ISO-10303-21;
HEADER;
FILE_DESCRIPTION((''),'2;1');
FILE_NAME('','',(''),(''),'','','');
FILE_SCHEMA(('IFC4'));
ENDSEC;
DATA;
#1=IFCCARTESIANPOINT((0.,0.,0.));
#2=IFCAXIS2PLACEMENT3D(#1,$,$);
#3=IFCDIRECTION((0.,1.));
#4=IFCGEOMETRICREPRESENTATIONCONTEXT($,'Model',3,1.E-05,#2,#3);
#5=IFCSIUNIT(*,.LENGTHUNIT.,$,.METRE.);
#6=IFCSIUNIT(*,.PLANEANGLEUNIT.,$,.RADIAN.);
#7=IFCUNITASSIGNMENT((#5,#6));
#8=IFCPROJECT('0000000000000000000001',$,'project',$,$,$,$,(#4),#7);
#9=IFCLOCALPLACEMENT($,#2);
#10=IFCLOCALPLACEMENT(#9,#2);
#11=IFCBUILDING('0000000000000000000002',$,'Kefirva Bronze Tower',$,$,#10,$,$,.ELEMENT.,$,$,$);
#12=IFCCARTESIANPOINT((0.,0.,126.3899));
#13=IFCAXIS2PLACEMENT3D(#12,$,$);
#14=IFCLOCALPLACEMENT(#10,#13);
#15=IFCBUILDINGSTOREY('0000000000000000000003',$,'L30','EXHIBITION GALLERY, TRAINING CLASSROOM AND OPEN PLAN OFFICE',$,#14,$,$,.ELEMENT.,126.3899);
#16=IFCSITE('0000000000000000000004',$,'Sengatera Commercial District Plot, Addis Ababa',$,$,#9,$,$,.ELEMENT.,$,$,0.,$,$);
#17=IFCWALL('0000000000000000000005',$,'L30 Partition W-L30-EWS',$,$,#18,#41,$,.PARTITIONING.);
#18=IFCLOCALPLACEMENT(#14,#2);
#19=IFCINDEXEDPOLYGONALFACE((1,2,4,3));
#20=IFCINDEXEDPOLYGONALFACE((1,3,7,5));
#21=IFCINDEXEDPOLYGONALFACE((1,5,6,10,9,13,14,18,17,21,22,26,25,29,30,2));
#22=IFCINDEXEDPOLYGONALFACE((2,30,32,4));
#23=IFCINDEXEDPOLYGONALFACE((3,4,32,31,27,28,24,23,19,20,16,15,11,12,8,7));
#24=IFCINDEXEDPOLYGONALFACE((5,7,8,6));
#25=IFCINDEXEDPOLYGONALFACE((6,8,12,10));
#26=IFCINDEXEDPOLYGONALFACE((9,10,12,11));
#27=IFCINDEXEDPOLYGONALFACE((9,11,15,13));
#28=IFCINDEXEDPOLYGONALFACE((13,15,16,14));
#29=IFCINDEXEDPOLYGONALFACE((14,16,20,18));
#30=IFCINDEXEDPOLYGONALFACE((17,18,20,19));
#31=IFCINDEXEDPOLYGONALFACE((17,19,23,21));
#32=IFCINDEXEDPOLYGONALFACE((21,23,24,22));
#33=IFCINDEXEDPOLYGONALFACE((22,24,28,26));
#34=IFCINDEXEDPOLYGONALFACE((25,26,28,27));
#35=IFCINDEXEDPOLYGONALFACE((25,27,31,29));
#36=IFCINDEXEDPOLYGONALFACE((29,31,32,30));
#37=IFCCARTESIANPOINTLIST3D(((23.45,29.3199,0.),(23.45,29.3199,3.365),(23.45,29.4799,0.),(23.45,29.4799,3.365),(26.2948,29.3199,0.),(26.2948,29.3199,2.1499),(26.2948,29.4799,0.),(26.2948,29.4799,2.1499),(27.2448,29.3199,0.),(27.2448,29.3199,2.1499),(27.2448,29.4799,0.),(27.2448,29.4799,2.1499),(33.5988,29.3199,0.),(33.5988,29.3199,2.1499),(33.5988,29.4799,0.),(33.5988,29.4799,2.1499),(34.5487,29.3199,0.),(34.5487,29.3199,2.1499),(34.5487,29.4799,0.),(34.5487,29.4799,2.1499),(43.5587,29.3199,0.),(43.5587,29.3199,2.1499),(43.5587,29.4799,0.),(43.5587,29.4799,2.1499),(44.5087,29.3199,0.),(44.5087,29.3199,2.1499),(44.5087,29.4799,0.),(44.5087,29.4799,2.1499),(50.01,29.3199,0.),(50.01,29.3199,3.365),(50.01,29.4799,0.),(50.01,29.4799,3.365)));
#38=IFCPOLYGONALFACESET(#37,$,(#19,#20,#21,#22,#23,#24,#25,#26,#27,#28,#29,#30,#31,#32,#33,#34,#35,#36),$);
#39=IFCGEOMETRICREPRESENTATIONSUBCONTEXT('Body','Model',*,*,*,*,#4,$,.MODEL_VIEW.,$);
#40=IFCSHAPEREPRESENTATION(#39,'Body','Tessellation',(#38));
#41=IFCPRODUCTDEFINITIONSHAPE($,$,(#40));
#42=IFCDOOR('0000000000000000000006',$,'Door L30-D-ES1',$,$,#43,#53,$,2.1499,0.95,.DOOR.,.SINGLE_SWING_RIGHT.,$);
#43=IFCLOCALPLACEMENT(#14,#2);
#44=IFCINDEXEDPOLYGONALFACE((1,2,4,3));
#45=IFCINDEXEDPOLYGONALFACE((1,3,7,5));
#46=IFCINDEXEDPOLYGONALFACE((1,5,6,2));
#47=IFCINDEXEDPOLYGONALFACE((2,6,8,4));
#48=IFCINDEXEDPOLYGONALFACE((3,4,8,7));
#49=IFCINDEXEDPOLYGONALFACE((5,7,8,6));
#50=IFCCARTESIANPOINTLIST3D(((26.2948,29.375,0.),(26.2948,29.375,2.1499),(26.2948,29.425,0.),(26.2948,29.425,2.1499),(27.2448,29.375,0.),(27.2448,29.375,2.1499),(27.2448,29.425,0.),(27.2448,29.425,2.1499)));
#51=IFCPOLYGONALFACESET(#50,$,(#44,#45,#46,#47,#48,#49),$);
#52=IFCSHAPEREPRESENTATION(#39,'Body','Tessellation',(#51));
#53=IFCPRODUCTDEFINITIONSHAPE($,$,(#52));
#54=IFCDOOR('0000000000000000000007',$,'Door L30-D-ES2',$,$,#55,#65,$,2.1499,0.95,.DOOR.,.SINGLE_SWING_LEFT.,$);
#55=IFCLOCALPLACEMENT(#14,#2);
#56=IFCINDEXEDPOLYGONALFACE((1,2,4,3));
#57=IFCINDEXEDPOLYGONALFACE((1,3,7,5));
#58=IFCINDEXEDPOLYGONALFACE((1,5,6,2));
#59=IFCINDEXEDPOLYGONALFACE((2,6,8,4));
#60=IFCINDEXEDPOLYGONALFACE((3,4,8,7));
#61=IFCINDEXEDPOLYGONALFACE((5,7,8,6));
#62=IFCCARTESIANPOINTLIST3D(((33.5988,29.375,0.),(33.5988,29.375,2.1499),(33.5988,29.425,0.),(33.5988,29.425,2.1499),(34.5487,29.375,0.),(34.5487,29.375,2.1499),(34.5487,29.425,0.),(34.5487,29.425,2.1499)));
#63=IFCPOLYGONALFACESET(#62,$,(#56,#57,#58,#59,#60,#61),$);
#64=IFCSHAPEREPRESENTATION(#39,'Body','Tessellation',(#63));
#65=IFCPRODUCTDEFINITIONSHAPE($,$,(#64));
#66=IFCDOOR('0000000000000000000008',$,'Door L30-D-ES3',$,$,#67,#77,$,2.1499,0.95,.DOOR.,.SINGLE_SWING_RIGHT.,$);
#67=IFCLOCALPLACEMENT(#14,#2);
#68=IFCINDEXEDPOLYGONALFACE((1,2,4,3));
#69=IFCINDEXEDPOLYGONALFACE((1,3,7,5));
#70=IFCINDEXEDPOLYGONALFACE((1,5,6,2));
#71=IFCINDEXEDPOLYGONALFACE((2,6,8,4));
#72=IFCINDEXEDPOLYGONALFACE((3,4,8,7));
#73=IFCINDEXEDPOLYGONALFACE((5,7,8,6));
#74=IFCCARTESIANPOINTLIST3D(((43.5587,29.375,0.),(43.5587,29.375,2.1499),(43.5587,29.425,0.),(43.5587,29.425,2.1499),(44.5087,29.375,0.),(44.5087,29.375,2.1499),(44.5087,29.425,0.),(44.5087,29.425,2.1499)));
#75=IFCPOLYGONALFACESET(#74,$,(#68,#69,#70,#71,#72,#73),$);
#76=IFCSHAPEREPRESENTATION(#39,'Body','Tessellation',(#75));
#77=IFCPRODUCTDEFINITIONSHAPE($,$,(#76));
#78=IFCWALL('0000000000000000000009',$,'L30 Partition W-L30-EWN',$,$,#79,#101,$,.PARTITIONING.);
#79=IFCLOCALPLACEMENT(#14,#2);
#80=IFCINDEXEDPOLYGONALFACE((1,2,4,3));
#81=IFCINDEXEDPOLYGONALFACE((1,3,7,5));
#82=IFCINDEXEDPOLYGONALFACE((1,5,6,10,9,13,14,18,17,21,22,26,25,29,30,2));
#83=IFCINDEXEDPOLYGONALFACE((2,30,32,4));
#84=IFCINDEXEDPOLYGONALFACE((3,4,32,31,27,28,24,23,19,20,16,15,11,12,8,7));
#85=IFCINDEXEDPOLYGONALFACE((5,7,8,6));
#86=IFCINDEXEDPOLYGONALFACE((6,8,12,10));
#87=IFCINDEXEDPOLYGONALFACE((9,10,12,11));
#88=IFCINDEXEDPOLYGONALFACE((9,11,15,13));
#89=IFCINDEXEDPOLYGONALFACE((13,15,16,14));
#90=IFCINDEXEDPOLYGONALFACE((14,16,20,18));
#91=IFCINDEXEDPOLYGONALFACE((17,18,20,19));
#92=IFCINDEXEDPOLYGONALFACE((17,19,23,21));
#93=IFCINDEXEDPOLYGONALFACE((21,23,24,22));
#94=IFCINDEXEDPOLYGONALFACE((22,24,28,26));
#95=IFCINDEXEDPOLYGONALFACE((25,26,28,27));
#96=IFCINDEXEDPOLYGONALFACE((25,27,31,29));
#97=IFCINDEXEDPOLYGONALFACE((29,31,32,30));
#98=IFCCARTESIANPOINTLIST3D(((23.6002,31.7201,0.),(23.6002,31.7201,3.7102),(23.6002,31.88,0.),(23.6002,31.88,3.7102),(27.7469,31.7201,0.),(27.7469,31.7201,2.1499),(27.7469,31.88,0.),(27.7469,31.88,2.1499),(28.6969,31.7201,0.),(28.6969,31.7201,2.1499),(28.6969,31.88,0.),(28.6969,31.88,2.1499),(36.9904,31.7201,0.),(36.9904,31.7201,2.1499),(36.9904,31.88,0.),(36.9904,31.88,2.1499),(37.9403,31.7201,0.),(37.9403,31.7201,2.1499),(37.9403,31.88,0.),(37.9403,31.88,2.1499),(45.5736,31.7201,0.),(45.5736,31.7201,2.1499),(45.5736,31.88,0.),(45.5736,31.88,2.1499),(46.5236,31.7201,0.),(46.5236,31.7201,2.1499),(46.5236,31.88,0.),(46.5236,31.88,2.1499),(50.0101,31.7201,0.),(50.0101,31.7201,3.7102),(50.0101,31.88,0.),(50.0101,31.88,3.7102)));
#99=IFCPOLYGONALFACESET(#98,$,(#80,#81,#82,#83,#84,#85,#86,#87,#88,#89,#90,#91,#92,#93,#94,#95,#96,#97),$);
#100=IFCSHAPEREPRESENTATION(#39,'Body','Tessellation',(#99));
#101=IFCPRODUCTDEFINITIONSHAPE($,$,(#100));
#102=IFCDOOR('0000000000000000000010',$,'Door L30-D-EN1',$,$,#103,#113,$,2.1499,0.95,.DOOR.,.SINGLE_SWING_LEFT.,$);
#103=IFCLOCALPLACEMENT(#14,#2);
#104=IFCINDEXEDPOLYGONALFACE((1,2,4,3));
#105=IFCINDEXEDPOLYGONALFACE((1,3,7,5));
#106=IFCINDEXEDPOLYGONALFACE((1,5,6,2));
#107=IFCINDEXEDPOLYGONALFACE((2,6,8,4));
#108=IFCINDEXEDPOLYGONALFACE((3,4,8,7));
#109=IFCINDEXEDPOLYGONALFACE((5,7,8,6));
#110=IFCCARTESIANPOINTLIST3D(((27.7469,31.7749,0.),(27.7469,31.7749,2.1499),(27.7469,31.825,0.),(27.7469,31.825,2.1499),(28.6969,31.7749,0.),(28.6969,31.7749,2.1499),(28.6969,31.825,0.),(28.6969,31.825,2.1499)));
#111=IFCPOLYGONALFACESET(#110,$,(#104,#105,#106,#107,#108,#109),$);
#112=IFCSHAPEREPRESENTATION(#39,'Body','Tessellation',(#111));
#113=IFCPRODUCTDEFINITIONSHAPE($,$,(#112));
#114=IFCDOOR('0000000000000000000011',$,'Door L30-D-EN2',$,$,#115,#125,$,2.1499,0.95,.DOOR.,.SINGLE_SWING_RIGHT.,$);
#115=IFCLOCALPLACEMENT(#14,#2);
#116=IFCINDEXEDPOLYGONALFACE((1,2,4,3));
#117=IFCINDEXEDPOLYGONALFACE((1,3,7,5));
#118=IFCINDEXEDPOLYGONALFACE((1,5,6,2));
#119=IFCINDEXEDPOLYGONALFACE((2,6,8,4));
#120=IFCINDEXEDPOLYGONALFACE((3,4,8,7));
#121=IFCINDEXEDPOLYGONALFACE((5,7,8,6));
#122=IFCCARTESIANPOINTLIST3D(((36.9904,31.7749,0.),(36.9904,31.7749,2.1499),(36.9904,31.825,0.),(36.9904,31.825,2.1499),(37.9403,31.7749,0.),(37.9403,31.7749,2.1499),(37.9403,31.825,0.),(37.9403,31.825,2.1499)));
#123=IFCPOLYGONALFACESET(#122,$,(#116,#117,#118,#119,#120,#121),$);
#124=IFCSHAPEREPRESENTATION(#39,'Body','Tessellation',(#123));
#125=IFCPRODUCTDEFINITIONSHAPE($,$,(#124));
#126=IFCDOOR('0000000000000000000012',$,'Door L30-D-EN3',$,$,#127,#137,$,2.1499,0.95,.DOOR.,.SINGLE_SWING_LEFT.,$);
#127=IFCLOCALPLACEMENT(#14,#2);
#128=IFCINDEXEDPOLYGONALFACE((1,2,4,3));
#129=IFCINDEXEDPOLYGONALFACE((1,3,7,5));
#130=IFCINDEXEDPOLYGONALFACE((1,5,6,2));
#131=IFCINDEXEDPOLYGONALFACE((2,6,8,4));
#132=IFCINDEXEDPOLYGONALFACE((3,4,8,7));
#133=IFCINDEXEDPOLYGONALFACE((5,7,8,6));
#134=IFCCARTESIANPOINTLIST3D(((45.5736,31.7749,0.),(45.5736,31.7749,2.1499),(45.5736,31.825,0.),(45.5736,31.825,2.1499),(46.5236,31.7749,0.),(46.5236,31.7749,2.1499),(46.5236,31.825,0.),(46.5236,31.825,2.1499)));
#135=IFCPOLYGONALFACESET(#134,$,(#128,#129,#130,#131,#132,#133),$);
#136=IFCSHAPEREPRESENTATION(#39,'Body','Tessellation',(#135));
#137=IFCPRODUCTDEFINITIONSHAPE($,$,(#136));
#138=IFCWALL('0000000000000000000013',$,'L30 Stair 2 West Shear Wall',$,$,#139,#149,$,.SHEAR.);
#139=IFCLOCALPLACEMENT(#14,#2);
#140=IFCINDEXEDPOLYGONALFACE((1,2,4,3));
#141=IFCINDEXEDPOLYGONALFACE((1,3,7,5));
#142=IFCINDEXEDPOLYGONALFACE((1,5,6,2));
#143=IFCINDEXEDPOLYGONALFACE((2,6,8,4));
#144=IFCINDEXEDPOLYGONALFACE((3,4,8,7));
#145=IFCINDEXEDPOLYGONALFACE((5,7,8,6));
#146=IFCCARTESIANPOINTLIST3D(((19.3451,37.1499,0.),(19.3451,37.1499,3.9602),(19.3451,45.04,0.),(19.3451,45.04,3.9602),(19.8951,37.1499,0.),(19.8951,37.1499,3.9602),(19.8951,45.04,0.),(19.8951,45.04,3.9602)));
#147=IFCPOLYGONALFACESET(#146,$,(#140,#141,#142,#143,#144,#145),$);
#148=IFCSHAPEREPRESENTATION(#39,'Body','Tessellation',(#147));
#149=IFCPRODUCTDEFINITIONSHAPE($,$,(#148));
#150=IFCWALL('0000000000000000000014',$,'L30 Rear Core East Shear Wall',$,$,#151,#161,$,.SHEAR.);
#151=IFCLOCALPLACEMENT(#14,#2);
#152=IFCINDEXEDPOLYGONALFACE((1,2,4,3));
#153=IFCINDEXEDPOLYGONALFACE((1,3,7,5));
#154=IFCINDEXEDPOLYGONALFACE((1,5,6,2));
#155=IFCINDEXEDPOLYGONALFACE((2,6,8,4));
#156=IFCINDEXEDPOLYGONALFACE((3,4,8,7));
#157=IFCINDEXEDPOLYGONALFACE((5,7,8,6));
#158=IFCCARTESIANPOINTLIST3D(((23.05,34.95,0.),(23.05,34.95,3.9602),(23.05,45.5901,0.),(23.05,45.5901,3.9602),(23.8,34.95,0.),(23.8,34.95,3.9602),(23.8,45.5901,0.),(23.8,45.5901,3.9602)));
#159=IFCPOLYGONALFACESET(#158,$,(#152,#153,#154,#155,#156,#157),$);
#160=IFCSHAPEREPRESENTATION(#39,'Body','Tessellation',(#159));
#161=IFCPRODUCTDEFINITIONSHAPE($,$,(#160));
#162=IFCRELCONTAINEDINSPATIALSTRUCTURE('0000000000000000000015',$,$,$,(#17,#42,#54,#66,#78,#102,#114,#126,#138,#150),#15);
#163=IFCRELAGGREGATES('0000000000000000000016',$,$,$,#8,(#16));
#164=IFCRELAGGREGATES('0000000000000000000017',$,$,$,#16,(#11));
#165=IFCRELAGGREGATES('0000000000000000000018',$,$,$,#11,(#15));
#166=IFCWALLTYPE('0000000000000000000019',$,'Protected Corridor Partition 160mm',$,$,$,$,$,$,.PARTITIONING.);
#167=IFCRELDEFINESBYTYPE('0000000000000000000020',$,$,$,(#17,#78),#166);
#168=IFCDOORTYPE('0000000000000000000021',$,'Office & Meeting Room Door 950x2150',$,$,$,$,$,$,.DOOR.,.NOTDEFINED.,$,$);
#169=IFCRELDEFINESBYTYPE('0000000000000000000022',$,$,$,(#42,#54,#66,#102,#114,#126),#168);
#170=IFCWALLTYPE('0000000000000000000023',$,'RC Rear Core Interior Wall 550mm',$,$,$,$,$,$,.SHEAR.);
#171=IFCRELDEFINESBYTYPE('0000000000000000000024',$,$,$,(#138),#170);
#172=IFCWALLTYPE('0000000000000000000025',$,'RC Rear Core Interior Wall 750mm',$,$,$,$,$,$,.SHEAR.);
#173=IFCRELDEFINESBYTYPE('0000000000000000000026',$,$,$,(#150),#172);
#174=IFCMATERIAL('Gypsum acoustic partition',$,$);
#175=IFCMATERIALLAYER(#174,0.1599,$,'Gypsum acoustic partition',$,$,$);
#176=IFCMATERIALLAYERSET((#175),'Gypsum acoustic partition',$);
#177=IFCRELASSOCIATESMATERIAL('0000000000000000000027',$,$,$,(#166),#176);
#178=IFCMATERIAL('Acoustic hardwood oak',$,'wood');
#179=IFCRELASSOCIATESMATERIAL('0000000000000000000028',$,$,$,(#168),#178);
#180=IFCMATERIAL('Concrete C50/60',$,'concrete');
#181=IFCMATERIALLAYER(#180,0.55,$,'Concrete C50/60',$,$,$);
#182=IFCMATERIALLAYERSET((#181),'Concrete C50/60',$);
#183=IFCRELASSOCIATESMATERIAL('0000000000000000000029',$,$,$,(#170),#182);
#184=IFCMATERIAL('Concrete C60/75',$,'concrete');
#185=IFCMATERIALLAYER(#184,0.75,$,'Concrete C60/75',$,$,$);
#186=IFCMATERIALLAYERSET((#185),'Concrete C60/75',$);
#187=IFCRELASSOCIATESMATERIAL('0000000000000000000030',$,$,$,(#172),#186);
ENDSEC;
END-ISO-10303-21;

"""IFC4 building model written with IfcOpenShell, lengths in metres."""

from ifc_helpers import new_model, si_unit, direction, frame, frame_2d, origin, place, context, subcontext, project, spatial, rectangle, extrude, material, layer, layer_set, type_object, element, fill, save


model = new_model("IFC4")

# Units and contexts
model_context = context("Model", 3, precision=1e-05, world=origin(), true_north=direction((0.0, 1.0)))
body_context = subcontext(model_context, "Body", "Model", "MODEL_VIEW")
ifc_project = project(units=[si_unit("LENGTHUNIT", "METRE"), si_unit("PLANEANGLEUNIT", "RADIAN")], contexts=[model_context])

# Site, building, storey
site_placement = place(None, origin())
site = spatial("IfcSite", under=ifc_project, at=site_placement, Name="Sengatera Commercial District Plot, Addis Ababa", CompositionType="ELEMENT", RefElevation=0.0)
building_placement = place(site_placement, origin())
building = spatial("IfcBuilding", under=site, at=building_placement, Name="Kefirva Bronze Tower", CompositionType="ELEMENT")
storey_placement = place(building_placement, frame((0.0, 0.0, 126.3899)))
storey = spatial("IfcBuildingStorey", under=building, at=storey_placement, Name="L30", Description="EXHIBITION GALLERY, TRAINING CLASSROOM AND OPEN PLAN OFFICE", CompositionType="ELEMENT", Elevation=126.3899)

# Shared definitions
ifc_material_1 = material(Name="Concrete C60/75", Category="concrete")

# Shared definitions
ifc_material_2 = material(Name="Gypsum acoustic partition")

# Shared definitions
ifc_layer_1 = layer(ifc_material_2, 0.1599, Name="Gypsum acoustic partition")
ifc_layer_set_1 = layer_set([ifc_layer_1], Name="Gypsum acoustic partition")
wall_type_1 = type_object("IfcWallType", Name="Protected Corridor Partition 160mm", PredefinedType="PARTITIONING", material=ifc_layer_set_1)

# Walls, openings, doors
wall_1_placement = place(storey_placement, frame((23.45, 29.3999, 0.0), z_axis=(0.0, 0.0, 1.0), x_axis=(1.0, 0.0, 0.0)))
wall_1 = element("IfcWall", 1, at=wall_1_placement, inside=storey, type_object=wall_type_1, Name="L30 Partition W-L30-EWS", PredefinedType="PARTITIONING", context=body_context, shape_type="SweptSolid", body=[
    extrude(rectangle(XDim=26.5601, YDim=0.1599, at=frame_2d((13.28, 0.0))), origin(), (0.0, 0.0, 1.0), 3.365),
])
opening_1_placement = place(wall_1_placement, frame((3.7949, 0.0, 0.0), z_axis=(0.0, 0.0, 1.0), x_axis=(-1.0, 0.0, 0.0)))
opening_1 = element("IfcOpeningElement", 2, at=opening_1_placement, cuts=wall_1, PredefinedType="OPENING", context=body_context, shape_type="SweptSolid", body=[
    extrude(rectangle(XDim=0.95, YDim=2.1499, at=frame_2d((0.4751, 1.075))), frame((0.0, 0.0898, 0.0), z_axis=(0.0, -1.0, 0.0), x_axis=(1.0, 0.0, 0.0)), (0.0, 0.0, 1.0), 0.1799),
])
opening_2_placement = place(wall_1_placement, frame((11.0989, 0.0, 0.0), z_axis=(0.0, 0.0, 1.0), x_axis=(-1.0, 0.0, 0.0)))
opening_2 = element("IfcOpeningElement", 3, at=opening_2_placement, cuts=wall_1, PredefinedType="OPENING", context=body_context, shape_type="SweptSolid", body=[
    extrude(rectangle(XDim=0.95, YDim=2.1499, at=frame_2d((0.4751, 1.075))), frame((0.0, 0.0898, 0.0), z_axis=(0.0, -1.0, 0.0), x_axis=(1.0, 0.0, 0.0)), (0.0, 0.0, 1.0), 0.1799),
])
opening_3_placement = place(wall_1_placement, frame((21.0588, 0.0, 0.0), z_axis=(0.0, 0.0, 1.0), x_axis=(-1.0, 0.0, 0.0)))
opening_3 = element("IfcOpeningElement", 4, at=opening_3_placement, cuts=wall_1, PredefinedType="OPENING", context=body_context, shape_type="SweptSolid", body=[
    extrude(rectangle(XDim=0.95, YDim=2.1499, at=frame_2d((0.4751, 1.075))), frame((0.0, 0.0898, 0.0), z_axis=(0.0, -1.0, 0.0), x_axis=(1.0, 0.0, 0.0)), (0.0, 0.0, 1.0), 0.1799),
])
ifc_material_3 = material(Name="Acoustic hardwood oak", Category="wood")
door_type_1 = type_object("IfcDoorType", Name="Office & Meeting Room Door 950x2150", OperationType="NOTDEFINED", PredefinedType="DOOR", material=ifc_material_3)
door_1_placement = place(opening_1_placement, origin())
door_1 = element("IfcDoor", 5, at=door_1_placement, inside=storey, type_object=door_type_1, Name="Door L30-D-ES1", OperationType="SINGLE_SWING_RIGHT", OverallHeight=2.1499, OverallWidth=0.95, PredefinedType="DOOR", context=body_context, shape_type="SweptSolid", body=[
    extrude(rectangle(XDim=0.95, YDim=2.1499, at=frame_2d((0.4751, 1.075))), frame((0.0, 0.0249, 0.0), z_axis=(0.0, -1.0, 0.0), x_axis=(1.0, 0.0, 0.0)), (0.0, 0.0, 1.0), 0.05),
])
fill(opening_1, door_1)
door_2_placement = place(opening_2_placement, origin())
door_2 = element("IfcDoor", 6, at=door_2_placement, inside=storey, type_object=door_type_1, Name="Door L30-D-ES2", OperationType="SINGLE_SWING_LEFT", OverallHeight=2.1499, OverallWidth=0.95, PredefinedType="DOOR", context=body_context, shape_type="SweptSolid", body=[
    extrude(rectangle(XDim=0.95, YDim=2.1499, at=frame_2d((0.4751, 1.075))), frame((0.0, 0.0249, 0.0), z_axis=(0.0, -1.0, 0.0), x_axis=(1.0, 0.0, 0.0)), (0.0, 0.0, 1.0), 0.05),
])
fill(opening_2, door_2)
door_3_placement = place(opening_3_placement, origin())
door_3 = element("IfcDoor", 7, at=door_3_placement, inside=storey, type_object=door_type_1, Name="Door L30-D-ES3", OperationType="SINGLE_SWING_RIGHT", OverallHeight=2.1499, OverallWidth=0.95, PredefinedType="DOOR", context=body_context, shape_type="SweptSolid", body=[
    extrude(rectangle(XDim=0.95, YDim=2.1499, at=frame_2d((0.4751, 1.075))), frame((0.0, 0.0249, 0.0), z_axis=(0.0, -1.0, 0.0), x_axis=(1.0, 0.0, 0.0)), (0.0, 0.0, 1.0), 0.05),
])
fill(opening_3, door_3)
wall_2_placement = place(storey_placement, frame((23.6001, 31.8, 0.0), z_axis=(0.0, 0.0, 1.0), x_axis=(1.0, 0.0, 0.0)))
wall_2 = element("IfcWall", 8, at=wall_2_placement, inside=storey, type_object=wall_type_1, Name="L30 Partition W-L30-EWN", PredefinedType="PARTITIONING", context=body_context, shape_type="SweptSolid", body=[
    extrude(rectangle(XDim=26.4099, YDim=0.1599, at=frame_2d((13.2051, 0.0))), origin(), (0.0, 0.0, 1.0), 3.7102),
])
opening_4_placement = place(wall_2_placement, frame((4.1467, 0.0, 0.0)))
opening_4 = element("IfcOpeningElement", 9, at=opening_4_placement, cuts=wall_2, PredefinedType="OPENING", context=body_context, shape_type="SweptSolid", body=[
    extrude(rectangle(XDim=0.95, YDim=2.1499, at=frame_2d((0.4751, 1.075))), frame((0.0, 0.0898, 0.0), z_axis=(0.0, -1.0, 0.0), x_axis=(1.0, 0.0, 0.0)), (0.0, 0.0, 1.0), 0.1799),
])
opening_5_placement = place(wall_2_placement, frame((13.3901, 0.0, 0.0)))
opening_5 = element("IfcOpeningElement", 10, at=opening_5_placement, cuts=wall_2, PredefinedType="OPENING", context=body_context, shape_type="SweptSolid", body=[
    extrude(rectangle(XDim=0.95, YDim=2.1499, at=frame_2d((0.4751, 1.075))), frame((0.0, 0.0898, 0.0), z_axis=(0.0, -1.0, 0.0), x_axis=(1.0, 0.0, 0.0)), (0.0, 0.0, 1.0), 0.1799),
])
opening_6_placement = place(wall_2_placement, frame((21.9734, 0.0, 0.0)))
opening_6 = element("IfcOpeningElement", 11, at=opening_6_placement, cuts=wall_2, PredefinedType="OPENING", context=body_context, shape_type="SweptSolid", body=[
    extrude(rectangle(XDim=0.95, YDim=2.1499, at=frame_2d((0.4751, 1.075))), frame((0.0, 0.0898, 0.0), z_axis=(0.0, -1.0, 0.0), x_axis=(1.0, 0.0, 0.0)), (0.0, 0.0, 1.0), 0.1799),
])
door_4_placement = place(opening_4_placement, origin())
door_4 = element("IfcDoor", 12, at=door_4_placement, inside=storey, type_object=door_type_1, Name="Door L30-D-EN1", OperationType="SINGLE_SWING_LEFT", OverallHeight=2.1499, OverallWidth=0.95, PredefinedType="DOOR", context=body_context, shape_type="SweptSolid", body=[
    extrude(rectangle(XDim=0.95, YDim=2.1499, at=frame_2d((0.4751, 1.075))), frame((0.0, 0.0249, 0.0), z_axis=(0.0, -1.0, 0.0), x_axis=(1.0, 0.0, 0.0)), (0.0, 0.0, 1.0), 0.05),
])
fill(opening_4, door_4)
door_5_placement = place(opening_5_placement, origin())
door_5 = element("IfcDoor", 13, at=door_5_placement, inside=storey, type_object=door_type_1, Name="Door L30-D-EN2", OperationType="SINGLE_SWING_RIGHT", OverallHeight=2.1499, OverallWidth=0.95, PredefinedType="DOOR", context=body_context, shape_type="SweptSolid", body=[
    extrude(rectangle(XDim=0.95, YDim=2.1499, at=frame_2d((0.4751, 1.075))), frame((0.0, 0.0249, 0.0), z_axis=(0.0, -1.0, 0.0), x_axis=(1.0, 0.0, 0.0)), (0.0, 0.0, 1.0), 0.05),
])
fill(opening_5, door_5)
door_6_placement = place(opening_6_placement, origin())
door_6 = element("IfcDoor", 14, at=door_6_placement, inside=storey, type_object=door_type_1, Name="Door L30-D-EN3", OperationType="SINGLE_SWING_LEFT", OverallHeight=2.1499, OverallWidth=0.95, PredefinedType="DOOR", context=body_context, shape_type="SweptSolid", body=[
    extrude(rectangle(XDim=0.95, YDim=2.1499, at=frame_2d((0.4751, 1.075))), frame((0.0, 0.0249, 0.0), z_axis=(0.0, -1.0, 0.0), x_axis=(1.0, 0.0, 0.0)), (0.0, 0.0, 1.0), 0.05),
])
fill(opening_6, door_6)

# Walls
ifc_material_4 = material(Name="Concrete C50/60", Category="concrete")
ifc_layer_2 = layer(ifc_material_4, 0.55, Name="Concrete C50/60")
ifc_layer_set_2 = layer_set([ifc_layer_2], Name="Concrete C50/60")
wall_type_2 = type_object("IfcWallType", Name="RC Rear Core Interior Wall 550mm", PredefinedType="SHEAR", material=ifc_layer_set_2)
wall_3_placement = place(storey_placement, frame((19.6201, 37.1499, 0.0), z_axis=(0.0, 0.0, 1.0), x_axis=(0.0, 1.0, 0.0)))
element("IfcWall", 15, at=wall_3_placement, inside=storey, type_object=wall_type_2, Name="L30 Stair 2 West Shear Wall", PredefinedType="SHEAR", context=body_context, shape_type="SweptSolid", body=[
    extrude(rectangle(XDim=7.8901, YDim=0.55, at=frame_2d((3.9451, 0.0))), origin(), (0.0, 0.0, 1.0), 3.9602),
])
ifc_layer_3 = layer(ifc_material_1, 0.75, Name="Concrete C60/75")
ifc_layer_set_3 = layer_set([ifc_layer_3], Name="Concrete C60/75")
wall_type_3 = type_object("IfcWallType", Name="RC Rear Core Interior Wall 750mm", PredefinedType="SHEAR", material=ifc_layer_set_3)
wall_4_placement = place(storey_placement, frame((23.425, 34.95, 0.0), z_axis=(0.0, 0.0, 1.0), x_axis=(0.0, 1.0, 0.0)))
element("IfcWall", 16, at=wall_4_placement, inside=storey, type_object=wall_type_3, Name="L30 Rear Core East Shear Wall", PredefinedType="SHEAR", context=body_context, shape_type="SweptSolid", body=[
    extrude(rectangle(XDim=10.6401, YDim=0.75, at=frame_2d((5.3201, 0.0))), origin(), (0.0, 0.0, 1.0), 3.9602),
])

save(model, "model.ifc")
